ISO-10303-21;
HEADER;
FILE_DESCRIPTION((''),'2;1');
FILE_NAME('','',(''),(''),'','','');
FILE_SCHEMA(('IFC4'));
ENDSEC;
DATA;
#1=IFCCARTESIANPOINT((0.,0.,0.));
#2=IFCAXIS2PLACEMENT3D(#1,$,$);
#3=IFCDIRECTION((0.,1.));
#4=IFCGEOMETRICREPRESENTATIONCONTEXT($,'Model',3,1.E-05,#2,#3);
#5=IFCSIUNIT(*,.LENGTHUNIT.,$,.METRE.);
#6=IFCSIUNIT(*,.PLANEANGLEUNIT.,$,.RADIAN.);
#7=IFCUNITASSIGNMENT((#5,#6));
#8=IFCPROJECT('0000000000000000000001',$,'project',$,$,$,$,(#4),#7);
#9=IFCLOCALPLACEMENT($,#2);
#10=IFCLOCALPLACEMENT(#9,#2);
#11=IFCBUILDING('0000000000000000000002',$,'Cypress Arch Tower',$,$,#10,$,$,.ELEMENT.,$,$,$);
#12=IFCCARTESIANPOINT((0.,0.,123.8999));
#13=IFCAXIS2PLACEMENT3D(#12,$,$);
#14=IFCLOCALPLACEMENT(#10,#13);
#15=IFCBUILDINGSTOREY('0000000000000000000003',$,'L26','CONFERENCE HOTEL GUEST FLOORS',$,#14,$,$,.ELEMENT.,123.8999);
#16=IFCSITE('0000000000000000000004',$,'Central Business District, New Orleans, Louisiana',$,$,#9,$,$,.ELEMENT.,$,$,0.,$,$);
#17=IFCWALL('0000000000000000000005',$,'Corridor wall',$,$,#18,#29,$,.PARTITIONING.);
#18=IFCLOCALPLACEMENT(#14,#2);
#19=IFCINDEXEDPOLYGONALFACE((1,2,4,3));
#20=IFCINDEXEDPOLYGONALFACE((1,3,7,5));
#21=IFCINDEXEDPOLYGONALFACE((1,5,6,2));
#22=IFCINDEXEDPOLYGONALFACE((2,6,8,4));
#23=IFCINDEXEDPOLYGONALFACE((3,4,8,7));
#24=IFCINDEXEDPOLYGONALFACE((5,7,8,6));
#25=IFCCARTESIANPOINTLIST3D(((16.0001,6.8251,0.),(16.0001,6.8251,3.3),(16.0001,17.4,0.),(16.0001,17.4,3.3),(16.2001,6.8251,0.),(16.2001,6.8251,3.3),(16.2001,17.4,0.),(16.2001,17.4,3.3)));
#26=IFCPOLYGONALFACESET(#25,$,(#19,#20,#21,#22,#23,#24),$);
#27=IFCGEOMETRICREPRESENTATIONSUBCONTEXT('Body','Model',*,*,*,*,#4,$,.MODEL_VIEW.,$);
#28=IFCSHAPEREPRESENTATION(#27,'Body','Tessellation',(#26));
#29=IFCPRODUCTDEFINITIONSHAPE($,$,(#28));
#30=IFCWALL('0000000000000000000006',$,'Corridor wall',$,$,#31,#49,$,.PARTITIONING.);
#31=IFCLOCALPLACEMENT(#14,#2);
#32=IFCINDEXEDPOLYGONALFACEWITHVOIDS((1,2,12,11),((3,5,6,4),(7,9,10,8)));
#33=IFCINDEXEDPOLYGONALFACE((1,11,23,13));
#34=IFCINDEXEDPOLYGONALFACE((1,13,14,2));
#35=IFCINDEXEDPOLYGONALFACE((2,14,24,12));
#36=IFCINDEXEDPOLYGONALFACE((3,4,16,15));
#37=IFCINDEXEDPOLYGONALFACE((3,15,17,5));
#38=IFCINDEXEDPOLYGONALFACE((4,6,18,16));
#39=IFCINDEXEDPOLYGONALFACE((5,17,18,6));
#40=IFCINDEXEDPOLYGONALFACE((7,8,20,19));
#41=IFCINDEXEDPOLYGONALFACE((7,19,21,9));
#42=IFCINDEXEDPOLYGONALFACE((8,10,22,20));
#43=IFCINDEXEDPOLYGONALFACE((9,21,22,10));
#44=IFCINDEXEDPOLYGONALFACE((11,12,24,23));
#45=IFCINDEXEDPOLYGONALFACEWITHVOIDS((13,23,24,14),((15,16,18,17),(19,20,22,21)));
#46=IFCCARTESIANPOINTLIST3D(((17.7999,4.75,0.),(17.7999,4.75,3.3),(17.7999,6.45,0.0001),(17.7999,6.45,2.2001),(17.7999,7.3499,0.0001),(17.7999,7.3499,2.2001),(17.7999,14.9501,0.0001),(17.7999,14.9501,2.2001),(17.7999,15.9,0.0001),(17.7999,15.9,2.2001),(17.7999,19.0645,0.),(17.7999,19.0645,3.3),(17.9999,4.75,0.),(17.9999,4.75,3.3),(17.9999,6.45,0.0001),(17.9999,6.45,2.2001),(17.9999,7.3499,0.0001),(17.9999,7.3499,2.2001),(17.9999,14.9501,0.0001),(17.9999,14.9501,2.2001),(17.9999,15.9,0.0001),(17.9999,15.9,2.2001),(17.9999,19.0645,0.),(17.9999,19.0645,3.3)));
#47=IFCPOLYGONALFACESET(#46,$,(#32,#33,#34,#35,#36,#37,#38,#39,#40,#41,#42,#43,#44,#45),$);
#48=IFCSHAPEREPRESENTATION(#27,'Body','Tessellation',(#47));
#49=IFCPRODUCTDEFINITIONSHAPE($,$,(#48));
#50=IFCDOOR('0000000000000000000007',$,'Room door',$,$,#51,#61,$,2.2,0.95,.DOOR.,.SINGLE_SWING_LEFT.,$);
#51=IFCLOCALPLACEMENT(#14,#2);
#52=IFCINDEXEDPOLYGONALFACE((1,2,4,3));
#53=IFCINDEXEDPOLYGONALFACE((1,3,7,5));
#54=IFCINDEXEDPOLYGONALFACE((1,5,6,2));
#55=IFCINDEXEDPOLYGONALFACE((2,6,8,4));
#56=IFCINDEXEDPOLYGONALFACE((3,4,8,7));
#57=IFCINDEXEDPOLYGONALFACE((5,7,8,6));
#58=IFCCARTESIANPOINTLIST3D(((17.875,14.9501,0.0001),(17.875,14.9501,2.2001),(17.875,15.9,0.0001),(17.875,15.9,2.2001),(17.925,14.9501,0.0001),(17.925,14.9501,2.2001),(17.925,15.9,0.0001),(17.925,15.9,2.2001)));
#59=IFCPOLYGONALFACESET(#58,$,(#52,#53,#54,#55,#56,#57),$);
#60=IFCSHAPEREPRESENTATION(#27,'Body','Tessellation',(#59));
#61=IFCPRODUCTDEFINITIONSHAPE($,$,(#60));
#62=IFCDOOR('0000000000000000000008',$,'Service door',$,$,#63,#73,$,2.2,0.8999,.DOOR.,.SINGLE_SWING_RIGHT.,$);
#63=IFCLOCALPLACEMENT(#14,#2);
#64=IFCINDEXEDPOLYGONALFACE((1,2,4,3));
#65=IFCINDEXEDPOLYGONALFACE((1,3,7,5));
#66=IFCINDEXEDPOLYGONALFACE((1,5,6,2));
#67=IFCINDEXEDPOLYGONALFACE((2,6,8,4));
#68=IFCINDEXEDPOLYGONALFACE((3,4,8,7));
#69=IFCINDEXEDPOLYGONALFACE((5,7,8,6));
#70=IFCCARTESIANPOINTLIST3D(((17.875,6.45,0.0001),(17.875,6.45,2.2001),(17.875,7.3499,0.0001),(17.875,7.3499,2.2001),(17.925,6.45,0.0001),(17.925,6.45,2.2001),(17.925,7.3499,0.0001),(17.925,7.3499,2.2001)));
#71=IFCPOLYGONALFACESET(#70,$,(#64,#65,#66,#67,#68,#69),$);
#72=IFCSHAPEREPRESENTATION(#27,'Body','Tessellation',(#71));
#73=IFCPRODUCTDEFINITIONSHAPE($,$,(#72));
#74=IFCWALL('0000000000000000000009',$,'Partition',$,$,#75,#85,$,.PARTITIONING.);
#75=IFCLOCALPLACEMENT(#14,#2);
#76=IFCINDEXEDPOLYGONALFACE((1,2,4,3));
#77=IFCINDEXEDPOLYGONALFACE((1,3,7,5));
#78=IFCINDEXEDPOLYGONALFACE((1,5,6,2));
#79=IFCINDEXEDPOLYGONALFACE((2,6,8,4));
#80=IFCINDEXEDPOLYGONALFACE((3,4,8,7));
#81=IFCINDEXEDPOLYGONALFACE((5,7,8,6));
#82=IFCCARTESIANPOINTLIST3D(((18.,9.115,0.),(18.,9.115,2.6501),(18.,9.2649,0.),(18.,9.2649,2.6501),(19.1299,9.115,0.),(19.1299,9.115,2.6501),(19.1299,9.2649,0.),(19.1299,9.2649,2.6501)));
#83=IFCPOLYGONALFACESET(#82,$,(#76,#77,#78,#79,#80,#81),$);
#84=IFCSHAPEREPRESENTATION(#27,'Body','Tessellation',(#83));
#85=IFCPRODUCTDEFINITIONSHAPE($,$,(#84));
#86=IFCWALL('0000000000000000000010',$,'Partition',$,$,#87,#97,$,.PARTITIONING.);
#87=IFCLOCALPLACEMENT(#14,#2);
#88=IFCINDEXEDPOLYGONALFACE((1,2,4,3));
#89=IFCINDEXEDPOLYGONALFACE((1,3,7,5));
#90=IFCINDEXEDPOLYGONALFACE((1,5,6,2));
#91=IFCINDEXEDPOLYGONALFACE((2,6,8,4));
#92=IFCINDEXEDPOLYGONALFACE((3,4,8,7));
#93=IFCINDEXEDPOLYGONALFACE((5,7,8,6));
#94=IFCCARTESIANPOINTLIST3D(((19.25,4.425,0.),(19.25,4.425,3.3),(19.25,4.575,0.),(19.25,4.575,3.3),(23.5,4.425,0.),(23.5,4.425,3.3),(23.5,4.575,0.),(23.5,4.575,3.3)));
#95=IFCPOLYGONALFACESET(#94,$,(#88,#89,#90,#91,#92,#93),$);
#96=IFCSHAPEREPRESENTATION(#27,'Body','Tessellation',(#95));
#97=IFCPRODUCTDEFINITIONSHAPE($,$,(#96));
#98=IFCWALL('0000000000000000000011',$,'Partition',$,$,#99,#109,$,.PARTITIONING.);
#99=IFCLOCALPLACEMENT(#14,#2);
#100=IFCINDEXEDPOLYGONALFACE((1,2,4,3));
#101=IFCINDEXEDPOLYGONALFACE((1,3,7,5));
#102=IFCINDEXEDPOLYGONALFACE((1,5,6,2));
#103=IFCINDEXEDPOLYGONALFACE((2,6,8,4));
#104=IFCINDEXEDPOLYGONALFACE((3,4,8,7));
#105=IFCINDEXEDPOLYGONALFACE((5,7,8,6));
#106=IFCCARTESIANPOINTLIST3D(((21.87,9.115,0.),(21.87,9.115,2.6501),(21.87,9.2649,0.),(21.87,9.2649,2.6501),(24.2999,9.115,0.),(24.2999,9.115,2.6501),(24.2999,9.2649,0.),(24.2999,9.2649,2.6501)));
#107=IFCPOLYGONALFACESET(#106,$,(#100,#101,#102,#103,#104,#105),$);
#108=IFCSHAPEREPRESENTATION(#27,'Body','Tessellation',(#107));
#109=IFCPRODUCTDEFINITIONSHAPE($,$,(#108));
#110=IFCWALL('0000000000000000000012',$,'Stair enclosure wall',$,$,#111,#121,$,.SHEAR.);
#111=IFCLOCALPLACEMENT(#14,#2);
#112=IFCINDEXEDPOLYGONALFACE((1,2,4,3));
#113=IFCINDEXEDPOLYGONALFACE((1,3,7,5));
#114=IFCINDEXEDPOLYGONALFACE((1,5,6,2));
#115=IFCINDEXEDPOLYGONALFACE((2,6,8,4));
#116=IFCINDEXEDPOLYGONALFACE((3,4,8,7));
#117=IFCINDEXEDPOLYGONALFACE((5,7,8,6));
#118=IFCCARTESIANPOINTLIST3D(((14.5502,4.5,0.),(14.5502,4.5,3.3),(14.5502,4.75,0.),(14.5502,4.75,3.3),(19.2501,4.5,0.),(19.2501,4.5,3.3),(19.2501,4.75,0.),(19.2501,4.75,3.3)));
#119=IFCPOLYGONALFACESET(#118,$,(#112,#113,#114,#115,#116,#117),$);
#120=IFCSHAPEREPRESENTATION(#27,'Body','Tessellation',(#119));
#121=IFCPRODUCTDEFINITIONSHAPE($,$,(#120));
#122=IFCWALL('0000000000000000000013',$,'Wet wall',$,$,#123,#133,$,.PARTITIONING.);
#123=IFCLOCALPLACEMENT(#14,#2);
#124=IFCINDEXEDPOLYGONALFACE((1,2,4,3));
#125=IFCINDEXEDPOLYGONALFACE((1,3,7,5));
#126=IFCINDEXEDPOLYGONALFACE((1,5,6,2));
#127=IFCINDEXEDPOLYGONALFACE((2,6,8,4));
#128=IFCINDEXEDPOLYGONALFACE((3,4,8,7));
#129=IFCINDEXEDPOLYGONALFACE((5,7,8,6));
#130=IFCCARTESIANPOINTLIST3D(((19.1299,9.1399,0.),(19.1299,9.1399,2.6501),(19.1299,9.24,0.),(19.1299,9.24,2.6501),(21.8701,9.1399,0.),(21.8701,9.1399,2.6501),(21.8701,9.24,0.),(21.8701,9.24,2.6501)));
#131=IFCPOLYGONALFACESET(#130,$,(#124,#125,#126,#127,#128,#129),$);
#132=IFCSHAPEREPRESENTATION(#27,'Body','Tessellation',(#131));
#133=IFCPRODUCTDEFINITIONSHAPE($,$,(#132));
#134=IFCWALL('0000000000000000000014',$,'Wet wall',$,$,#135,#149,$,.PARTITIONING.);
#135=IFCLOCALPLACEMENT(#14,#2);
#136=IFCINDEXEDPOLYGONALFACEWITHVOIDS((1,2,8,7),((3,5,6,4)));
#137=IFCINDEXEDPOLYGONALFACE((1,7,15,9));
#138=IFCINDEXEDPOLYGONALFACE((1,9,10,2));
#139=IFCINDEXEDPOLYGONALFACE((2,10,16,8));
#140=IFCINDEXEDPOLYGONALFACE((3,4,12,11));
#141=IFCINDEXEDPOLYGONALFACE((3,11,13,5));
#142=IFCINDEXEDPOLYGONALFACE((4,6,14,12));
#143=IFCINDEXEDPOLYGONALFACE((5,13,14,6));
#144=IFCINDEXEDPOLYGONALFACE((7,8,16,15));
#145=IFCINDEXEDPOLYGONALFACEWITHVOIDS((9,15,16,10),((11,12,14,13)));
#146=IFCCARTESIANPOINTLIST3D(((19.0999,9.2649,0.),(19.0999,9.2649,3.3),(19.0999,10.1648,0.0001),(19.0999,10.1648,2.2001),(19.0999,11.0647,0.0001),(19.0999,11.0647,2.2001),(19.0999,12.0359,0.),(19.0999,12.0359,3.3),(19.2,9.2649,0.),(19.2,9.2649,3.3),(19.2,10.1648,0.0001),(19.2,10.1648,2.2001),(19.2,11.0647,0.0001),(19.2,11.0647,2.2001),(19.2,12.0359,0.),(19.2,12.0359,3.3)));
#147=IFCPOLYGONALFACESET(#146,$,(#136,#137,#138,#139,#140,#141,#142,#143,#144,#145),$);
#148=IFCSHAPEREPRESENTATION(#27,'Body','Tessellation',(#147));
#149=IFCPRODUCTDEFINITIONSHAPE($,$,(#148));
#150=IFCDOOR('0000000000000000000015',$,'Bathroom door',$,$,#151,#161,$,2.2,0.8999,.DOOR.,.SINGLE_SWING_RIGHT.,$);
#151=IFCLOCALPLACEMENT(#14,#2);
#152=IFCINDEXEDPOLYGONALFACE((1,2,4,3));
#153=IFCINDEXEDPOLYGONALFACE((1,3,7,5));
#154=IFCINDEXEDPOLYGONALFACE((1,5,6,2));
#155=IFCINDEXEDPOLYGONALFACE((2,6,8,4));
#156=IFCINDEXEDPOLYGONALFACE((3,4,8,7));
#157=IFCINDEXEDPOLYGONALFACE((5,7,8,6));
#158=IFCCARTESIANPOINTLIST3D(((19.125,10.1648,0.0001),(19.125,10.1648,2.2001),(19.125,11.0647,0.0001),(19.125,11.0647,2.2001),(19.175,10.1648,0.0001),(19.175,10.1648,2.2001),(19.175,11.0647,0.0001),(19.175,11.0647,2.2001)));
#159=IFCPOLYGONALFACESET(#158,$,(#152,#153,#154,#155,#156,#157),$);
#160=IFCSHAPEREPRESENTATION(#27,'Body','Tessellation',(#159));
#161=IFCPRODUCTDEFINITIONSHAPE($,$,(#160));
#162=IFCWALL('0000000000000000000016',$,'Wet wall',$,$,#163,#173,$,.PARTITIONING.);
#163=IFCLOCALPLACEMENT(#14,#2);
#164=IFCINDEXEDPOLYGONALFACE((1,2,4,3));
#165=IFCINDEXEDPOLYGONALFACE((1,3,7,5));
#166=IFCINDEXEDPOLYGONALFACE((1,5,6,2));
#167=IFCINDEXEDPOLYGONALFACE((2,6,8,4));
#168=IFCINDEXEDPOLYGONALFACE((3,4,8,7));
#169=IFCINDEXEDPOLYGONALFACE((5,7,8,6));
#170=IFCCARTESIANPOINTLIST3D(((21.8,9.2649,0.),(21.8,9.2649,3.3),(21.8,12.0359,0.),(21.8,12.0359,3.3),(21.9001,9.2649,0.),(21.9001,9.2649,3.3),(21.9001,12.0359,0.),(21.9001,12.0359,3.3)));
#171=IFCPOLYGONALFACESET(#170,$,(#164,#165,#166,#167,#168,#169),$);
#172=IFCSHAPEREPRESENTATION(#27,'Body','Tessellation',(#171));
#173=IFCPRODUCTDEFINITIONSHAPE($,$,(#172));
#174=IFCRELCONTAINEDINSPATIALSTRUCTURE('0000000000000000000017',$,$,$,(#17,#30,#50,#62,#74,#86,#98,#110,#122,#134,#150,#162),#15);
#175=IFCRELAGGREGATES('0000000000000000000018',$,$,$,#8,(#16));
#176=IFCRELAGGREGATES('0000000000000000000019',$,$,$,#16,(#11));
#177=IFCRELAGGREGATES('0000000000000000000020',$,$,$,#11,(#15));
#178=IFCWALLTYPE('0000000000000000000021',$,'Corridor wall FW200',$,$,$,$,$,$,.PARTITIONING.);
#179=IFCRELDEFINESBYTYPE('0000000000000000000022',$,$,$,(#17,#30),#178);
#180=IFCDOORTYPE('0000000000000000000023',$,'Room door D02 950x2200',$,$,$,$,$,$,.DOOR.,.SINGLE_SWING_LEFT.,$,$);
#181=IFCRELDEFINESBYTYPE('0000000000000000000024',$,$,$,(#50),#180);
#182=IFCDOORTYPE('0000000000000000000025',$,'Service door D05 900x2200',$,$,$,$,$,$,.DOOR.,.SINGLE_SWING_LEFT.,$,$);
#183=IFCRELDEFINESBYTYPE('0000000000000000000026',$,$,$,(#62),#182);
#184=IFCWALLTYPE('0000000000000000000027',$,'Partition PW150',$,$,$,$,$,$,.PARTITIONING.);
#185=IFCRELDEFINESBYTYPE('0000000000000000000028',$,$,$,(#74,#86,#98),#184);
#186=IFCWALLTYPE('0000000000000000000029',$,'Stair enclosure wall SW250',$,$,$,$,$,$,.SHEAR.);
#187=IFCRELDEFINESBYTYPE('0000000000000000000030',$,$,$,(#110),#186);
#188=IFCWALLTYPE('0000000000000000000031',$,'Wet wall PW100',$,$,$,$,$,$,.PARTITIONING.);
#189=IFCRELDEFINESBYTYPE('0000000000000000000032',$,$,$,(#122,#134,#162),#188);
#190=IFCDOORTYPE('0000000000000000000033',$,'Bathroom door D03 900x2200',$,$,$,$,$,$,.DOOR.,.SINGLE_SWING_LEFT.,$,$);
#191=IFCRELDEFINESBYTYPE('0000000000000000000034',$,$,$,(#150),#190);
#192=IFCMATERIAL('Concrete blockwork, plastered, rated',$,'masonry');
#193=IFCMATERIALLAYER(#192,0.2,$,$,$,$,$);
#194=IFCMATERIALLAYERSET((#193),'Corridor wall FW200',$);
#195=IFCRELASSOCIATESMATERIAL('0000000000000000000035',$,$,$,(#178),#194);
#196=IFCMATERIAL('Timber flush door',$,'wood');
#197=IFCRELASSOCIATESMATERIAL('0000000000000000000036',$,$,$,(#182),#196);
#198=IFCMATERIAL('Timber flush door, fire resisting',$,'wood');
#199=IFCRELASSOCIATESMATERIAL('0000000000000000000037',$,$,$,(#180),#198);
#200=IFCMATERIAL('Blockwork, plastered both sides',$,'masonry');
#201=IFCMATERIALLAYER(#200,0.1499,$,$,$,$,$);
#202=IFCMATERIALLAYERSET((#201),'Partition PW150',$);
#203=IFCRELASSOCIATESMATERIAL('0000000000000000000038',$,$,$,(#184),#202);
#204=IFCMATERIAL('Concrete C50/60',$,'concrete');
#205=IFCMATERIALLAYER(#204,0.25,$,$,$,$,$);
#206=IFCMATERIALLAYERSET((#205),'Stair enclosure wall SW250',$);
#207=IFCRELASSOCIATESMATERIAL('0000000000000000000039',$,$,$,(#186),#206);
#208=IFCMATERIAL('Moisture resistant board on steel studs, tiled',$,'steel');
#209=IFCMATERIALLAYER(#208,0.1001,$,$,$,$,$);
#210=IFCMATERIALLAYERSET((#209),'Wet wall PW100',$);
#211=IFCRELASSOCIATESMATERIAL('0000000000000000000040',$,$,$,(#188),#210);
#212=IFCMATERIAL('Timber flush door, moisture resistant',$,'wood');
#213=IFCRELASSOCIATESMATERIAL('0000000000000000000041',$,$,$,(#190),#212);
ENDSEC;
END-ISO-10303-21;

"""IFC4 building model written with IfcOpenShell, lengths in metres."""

from ifc_helpers import new_model, si_unit, direction, frame, frame_2d, origin, place, context, subcontext, project, spatial, rectangle, extrude, material, layer, layer_set, type_object, element, fill, save


model = new_model("IFC4")

# Units and contexts
model_context = context("Model", 3, precision=1e-05, world=origin(), true_north=direction((0.0, 1.0)))
body_context = subcontext(model_context, "Body", "Model", "MODEL_VIEW")
ifc_project = project(units=[si_unit("LENGTHUNIT", "METRE"), si_unit("PLANEANGLEUNIT", "RADIAN")], contexts=[model_context])

# Site, building, storey
site_placement = place(None, origin())
site = spatial("IfcSite", under=ifc_project, at=site_placement, Name="Central Business District, New Orleans, Louisiana", CompositionType="ELEMENT", RefElevation=0.0)
building_placement = place(site_placement, origin())
building = spatial("IfcBuilding", under=site, at=building_placement, Name="Cypress Arch Tower", CompositionType="ELEMENT")
storey_placement = place(building_placement, frame((0.0, 0.0, 123.8999)))
storey = spatial("IfcBuildingStorey", under=building, at=storey_placement, Name="L26", Description="CONFERENCE HOTEL GUEST FLOORS", CompositionType="ELEMENT", Elevation=123.8999)

# Shared definitions
ifc_material_1 = material(Name="Concrete blockwork, plastered, rated", Category="masonry")
ifc_layer_1 = layer(ifc_material_1, 0.2)
ifc_layer_set_1 = layer_set([ifc_layer_1], Name="Corridor wall FW200")
wall_type_1 = type_object("IfcWallType", Name="Corridor wall FW200", PredefinedType="PARTITIONING", material=ifc_layer_set_1)
ifc_material_2 = material(Name="Timber flush door", Category="wood")
door_type_1 = type_object("IfcDoorType", Name="Service door D05 900x2200", OperationType="SINGLE_SWING_LEFT", PredefinedType="DOOR", material=ifc_material_2)

# Wall
wall_1_placement = place(storey_placement, frame((16.1001, 6.825, 0.0), z_axis=(0.0, 0.0, 1.0), x_axis=(0.0, 1.0, 0.0)))
element("IfcWall", 1, at=wall_1_placement, inside=storey, type_object=wall_type_1, Name="Corridor wall", PredefinedType="PARTITIONING", context=body_context, shape_type="SweptSolid", body=[
    extrude(rectangle(XDim=10.575, YDim=0.2, at=frame_2d((5.2876, 0.0))), origin(), (0.0, 0.0, 1.0), 3.3),
])

# Wall, openings, doors
wall_2_placement = place(storey_placement, frame((17.8999, 4.75, 0.0), z_axis=(0.0, 0.0, 1.0), x_axis=(0.0, 1.0, 0.0)))
wall_2 = element("IfcWall", 2, at=wall_2_placement, inside=storey, type_object=wall_type_1, Name="Corridor wall", PredefinedType="PARTITIONING", context=body_context, shape_type="SweptSolid", body=[
    extrude(rectangle(XDim=14.3145, YDim=0.2, at=frame_2d((7.1572, 0.0))), origin(), (0.0, 0.0, 1.0), 3.3),
])
opening_1_placement = place(wall_2_placement, frame((1.7, 0.0, 0.0)))
opening_1 = element("IfcOpeningElement", 3, at=opening_1_placement, cuts=wall_2, PredefinedType="OPENING", context=body_context, shape_type="SweptSolid", body=[
    extrude(rectangle(XDim=0.8999, YDim=2.2, at=frame_2d((0.45, 1.1001))), frame((0.0, 0.1099, 0.0), z_axis=(0.0, -1.0, 0.0), x_axis=(1.0, 0.0, 0.0)), (0.0, 0.0, 1.0), 0.22),
])
opening_2_placement = place(wall_2_placement, frame((10.2, 0.0, 0.0)))
opening_2 = element("IfcOpeningElement", 4, at=opening_2_placement, cuts=wall_2, PredefinedType="OPENING", context=body_context, shape_type="SweptSolid", body=[
    extrude(rectangle(XDim=0.95, YDim=2.2, at=frame_2d((0.4751, 1.1001))), frame((0.0, 0.1099, 0.0), z_axis=(0.0, -1.0, 0.0), x_axis=(1.0, 0.0, 0.0)), (0.0, 0.0, 1.0), 0.22),
])
ifc_material_3 = material(Name="Timber flush door, fire resisting", Category="wood")
door_type_2 = type_object("IfcDoorType", Name="Room door D02 950x2200", OperationType="SINGLE_SWING_LEFT", PredefinedType="DOOR", material=ifc_material_3)
door_1_placement = place(opening_2_placement, origin())
door_1 = element("IfcDoor", 5, at=door_1_placement, inside=storey, type_object=door_type_2, Name="Room door", OperationType="SINGLE_SWING_LEFT", OverallHeight=2.2, OverallWidth=0.95, PredefinedType="DOOR", context=body_context, shape_type="SweptSolid", body=[
    extrude(rectangle(XDim=0.95, YDim=2.2, at=frame_2d((0.4751, 1.1001))), frame((0.0, 0.0249, 0.0), z_axis=(0.0, -1.0, 0.0), x_axis=(1.0, 0.0, 0.0)), (0.0, 0.0, 1.0), 0.05),
])
fill(opening_2, door_1)
door_2_placement = place(opening_1_placement, origin())
door_2 = element("IfcDoor", 6, at=door_2_placement, inside=storey, type_object=door_type_1, Name="Service door", OperationType="SINGLE_SWING_RIGHT", OverallHeight=2.2, OverallWidth=0.8999, PredefinedType="DOOR", context=body_context, shape_type="SweptSolid", body=[
    extrude(rectangle(XDim=0.8999, YDim=2.2, at=frame_2d((0.45, 1.1001))), frame((0.0, 0.0249, 0.0), z_axis=(0.0, -1.0, 0.0), x_axis=(1.0, 0.0, 0.0)), (0.0, 0.0, 1.0), 0.05),
])
fill(opening_1, door_2)

# Walls
ifc_material_4 = material(Name="Blockwork, plastered both sides", Category="masonry")
ifc_layer_2 = layer(ifc_material_4, 0.1499)
ifc_layer_set_2 = layer_set([ifc_layer_2], Name="Partition PW150")
wall_type_2 = type_object("IfcWallType", Name="Partition PW150", PredefinedType="PARTITIONING", material=ifc_layer_set_2)
wall_3_placement = place(storey_placement, frame((18.0, 9.1899, 0.0), z_axis=(0.0, 0.0, 1.0), x_axis=(1.0, 0.0, 0.0)))
element("IfcWall", 7, at=wall_3_placement, inside=storey, type_object=wall_type_2, Name="Partition", PredefinedType="PARTITIONING", context=body_context, shape_type="SweptSolid", body=[
    extrude(rectangle(XDim=1.1299, YDim=0.1499, at=frame_2d((0.5649, 0.0))), origin(), (0.0, 0.0, 1.0), 2.6501),
])
wall_4_placement = place(storey_placement, frame((19.25, 4.5, 0.0), z_axis=(0.0, 0.0, 1.0), x_axis=(1.0, 0.0, 0.0)))
element("IfcWall", 8, at=wall_4_placement, inside=storey, type_object=wall_type_2, Name="Partition", PredefinedType="PARTITIONING", context=body_context, shape_type="SweptSolid", body=[
    extrude(rectangle(XDim=4.25, YDim=0.1499, at=frame_2d((2.125, 0.0))), origin(), (0.0, 0.0, 1.0), 3.3),
])
wall_5_placement = place(storey_placement, frame((21.8701, 9.1899, 0.0), z_axis=(0.0, 0.0, 1.0), x_axis=(1.0, 0.0, 0.0)))
element("IfcWall", 9, at=wall_5_placement, inside=storey, type_object=wall_type_2, Name="Partition", PredefinedType="PARTITIONING", context=body_context, shape_type="SweptSolid", body=[
    extrude(rectangle(XDim=2.4299, YDim=0.1499, at=frame_2d((1.2148, 0.0))), origin(), (0.0, 0.0, 1.0), 2.6501),
])
ifc_material_5 = material(Name="Concrete C50/60", Category="concrete")
ifc_layer_3 = layer(ifc_material_5, 0.25)
ifc_layer_set_3 = layer_set([ifc_layer_3], Name="Stair enclosure wall SW250")
wall_type_3 = type_object("IfcWallType", Name="Stair enclosure wall SW250", PredefinedType="SHEAR", material=ifc_layer_set_3)
wall_6_placement = place(storey_placement, frame((14.55, 4.625, 0.0), z_axis=(0.0, 0.0, 1.0), x_axis=(1.0, 0.0, 0.0)))
element("IfcWall", 10, at=wall_6_placement, inside=storey, type_object=wall_type_3, Name="Stair enclosure wall", PredefinedType="SHEAR", context=body_context, shape_type="SweptSolid", body=[
    extrude(rectangle(XDim=4.7, YDim=0.25, at=frame_2d((2.3501, 0.0))), origin(), (0.0, 0.0, 1.0), 3.3),
])
ifc_material_6 = material(Name="Moisture resistant board on steel studs, tiled", Category="steel")
ifc_layer_4 = layer(ifc_material_6, 0.1001)
ifc_layer_set_4 = layer_set([ifc_layer_4], Name="Wet wall PW100")
wall_type_4 = type_object("IfcWallType", Name="Wet wall PW100", PredefinedType="PARTITIONING", material=ifc_layer_set_4)
wall_7_placement = place(storey_placement, frame((19.1299, 9.1899, 0.0), z_axis=(0.0, 0.0, 1.0), x_axis=(1.0, 0.0, 0.0)))
element("IfcWall", 11, at=wall_7_placement, inside=storey, type_object=wall_type_4, Name="Wet wall", PredefinedType="PARTITIONING", context=body_context, shape_type="SweptSolid", body=[
    extrude(rectangle(XDim=2.7402, YDim=0.1001, at=frame_2d((1.3701, 0.0))), origin(), (0.0, 0.0, 1.0), 2.6501),
])

# Wall, opening, door
wall_8_placement = place(storey_placement, frame((19.1499, 9.2649, 0.0), z_axis=(0.0, 0.0, 1.0), x_axis=(0.0, 1.0, 0.0)))
wall_8 = element("IfcWall", 12, at=wall_8_placement, inside=storey, type_object=wall_type_4, Name="Wet wall", PredefinedType="PARTITIONING", context=body_context, shape_type="SweptSolid", body=[
    extrude(rectangle(XDim=2.771, YDim=0.1001, at=frame_2d((1.3855, 0.0))), origin(), (0.0, 0.0, 1.0), 3.3),
])
opening_3_placement = place(wall_8_placement, frame((0.8999, 0.0, 0.0)))
opening_3 = element("IfcOpeningElement", 13, at=opening_3_placement, cuts=wall_8, PredefinedType="OPENING", context=body_context, shape_type="SweptSolid", body=[
    extrude(rectangle(XDim=0.8999, YDim=2.2, at=frame_2d((0.45, 1.1001))), frame((0.0, 0.0601, 0.0), z_axis=(0.0, -1.0, 0.0), x_axis=(1.0, 0.0, 0.0)), (0.0, 0.0, 1.0), 0.1201),
])
ifc_material_7 = material(Name="Timber flush door, moisture resistant", Category="wood")
door_type_3 = type_object("IfcDoorType", Name="Bathroom door D03 900x2200", OperationType="SINGLE_SWING_LEFT", PredefinedType="DOOR", material=ifc_material_7)
door_3_placement = place(opening_3_placement, origin())
door_3 = element("IfcDoor", 14, at=door_3_placement, inside=storey, type_object=door_type_3, Name="Bathroom door", OperationType="SINGLE_SWING_RIGHT", OverallHeight=2.2, OverallWidth=0.8999, PredefinedType="DOOR", context=body_context, shape_type="SweptSolid", body=[
    extrude(rectangle(XDim=0.8999, YDim=2.2, at=frame_2d((0.45, 1.1001))), frame((0.0, 0.0249, 0.0), z_axis=(0.0, -1.0, 0.0), x_axis=(1.0, 0.0, 0.0)), (0.0, 0.0, 1.0), 0.05),
])
fill(opening_3, door_3)

# Wall
wall_9_placement = place(storey_placement, frame((21.8501, 9.2649, 0.0), z_axis=(0.0, 0.0, 1.0), x_axis=(0.0, 1.0, 0.0)))
element("IfcWall", 15, at=wall_9_placement, inside=storey, type_object=wall_type_4, Name="Wet wall", PredefinedType="PARTITIONING", context=body_context, shape_type="SweptSolid", body=[
    extrude(rectangle(XDim=2.771, YDim=0.1001, at=frame_2d((1.3855, 0.0))), origin(), (0.0, 0.0, 1.0), 3.3),
])

save(model, "model.ifc")
